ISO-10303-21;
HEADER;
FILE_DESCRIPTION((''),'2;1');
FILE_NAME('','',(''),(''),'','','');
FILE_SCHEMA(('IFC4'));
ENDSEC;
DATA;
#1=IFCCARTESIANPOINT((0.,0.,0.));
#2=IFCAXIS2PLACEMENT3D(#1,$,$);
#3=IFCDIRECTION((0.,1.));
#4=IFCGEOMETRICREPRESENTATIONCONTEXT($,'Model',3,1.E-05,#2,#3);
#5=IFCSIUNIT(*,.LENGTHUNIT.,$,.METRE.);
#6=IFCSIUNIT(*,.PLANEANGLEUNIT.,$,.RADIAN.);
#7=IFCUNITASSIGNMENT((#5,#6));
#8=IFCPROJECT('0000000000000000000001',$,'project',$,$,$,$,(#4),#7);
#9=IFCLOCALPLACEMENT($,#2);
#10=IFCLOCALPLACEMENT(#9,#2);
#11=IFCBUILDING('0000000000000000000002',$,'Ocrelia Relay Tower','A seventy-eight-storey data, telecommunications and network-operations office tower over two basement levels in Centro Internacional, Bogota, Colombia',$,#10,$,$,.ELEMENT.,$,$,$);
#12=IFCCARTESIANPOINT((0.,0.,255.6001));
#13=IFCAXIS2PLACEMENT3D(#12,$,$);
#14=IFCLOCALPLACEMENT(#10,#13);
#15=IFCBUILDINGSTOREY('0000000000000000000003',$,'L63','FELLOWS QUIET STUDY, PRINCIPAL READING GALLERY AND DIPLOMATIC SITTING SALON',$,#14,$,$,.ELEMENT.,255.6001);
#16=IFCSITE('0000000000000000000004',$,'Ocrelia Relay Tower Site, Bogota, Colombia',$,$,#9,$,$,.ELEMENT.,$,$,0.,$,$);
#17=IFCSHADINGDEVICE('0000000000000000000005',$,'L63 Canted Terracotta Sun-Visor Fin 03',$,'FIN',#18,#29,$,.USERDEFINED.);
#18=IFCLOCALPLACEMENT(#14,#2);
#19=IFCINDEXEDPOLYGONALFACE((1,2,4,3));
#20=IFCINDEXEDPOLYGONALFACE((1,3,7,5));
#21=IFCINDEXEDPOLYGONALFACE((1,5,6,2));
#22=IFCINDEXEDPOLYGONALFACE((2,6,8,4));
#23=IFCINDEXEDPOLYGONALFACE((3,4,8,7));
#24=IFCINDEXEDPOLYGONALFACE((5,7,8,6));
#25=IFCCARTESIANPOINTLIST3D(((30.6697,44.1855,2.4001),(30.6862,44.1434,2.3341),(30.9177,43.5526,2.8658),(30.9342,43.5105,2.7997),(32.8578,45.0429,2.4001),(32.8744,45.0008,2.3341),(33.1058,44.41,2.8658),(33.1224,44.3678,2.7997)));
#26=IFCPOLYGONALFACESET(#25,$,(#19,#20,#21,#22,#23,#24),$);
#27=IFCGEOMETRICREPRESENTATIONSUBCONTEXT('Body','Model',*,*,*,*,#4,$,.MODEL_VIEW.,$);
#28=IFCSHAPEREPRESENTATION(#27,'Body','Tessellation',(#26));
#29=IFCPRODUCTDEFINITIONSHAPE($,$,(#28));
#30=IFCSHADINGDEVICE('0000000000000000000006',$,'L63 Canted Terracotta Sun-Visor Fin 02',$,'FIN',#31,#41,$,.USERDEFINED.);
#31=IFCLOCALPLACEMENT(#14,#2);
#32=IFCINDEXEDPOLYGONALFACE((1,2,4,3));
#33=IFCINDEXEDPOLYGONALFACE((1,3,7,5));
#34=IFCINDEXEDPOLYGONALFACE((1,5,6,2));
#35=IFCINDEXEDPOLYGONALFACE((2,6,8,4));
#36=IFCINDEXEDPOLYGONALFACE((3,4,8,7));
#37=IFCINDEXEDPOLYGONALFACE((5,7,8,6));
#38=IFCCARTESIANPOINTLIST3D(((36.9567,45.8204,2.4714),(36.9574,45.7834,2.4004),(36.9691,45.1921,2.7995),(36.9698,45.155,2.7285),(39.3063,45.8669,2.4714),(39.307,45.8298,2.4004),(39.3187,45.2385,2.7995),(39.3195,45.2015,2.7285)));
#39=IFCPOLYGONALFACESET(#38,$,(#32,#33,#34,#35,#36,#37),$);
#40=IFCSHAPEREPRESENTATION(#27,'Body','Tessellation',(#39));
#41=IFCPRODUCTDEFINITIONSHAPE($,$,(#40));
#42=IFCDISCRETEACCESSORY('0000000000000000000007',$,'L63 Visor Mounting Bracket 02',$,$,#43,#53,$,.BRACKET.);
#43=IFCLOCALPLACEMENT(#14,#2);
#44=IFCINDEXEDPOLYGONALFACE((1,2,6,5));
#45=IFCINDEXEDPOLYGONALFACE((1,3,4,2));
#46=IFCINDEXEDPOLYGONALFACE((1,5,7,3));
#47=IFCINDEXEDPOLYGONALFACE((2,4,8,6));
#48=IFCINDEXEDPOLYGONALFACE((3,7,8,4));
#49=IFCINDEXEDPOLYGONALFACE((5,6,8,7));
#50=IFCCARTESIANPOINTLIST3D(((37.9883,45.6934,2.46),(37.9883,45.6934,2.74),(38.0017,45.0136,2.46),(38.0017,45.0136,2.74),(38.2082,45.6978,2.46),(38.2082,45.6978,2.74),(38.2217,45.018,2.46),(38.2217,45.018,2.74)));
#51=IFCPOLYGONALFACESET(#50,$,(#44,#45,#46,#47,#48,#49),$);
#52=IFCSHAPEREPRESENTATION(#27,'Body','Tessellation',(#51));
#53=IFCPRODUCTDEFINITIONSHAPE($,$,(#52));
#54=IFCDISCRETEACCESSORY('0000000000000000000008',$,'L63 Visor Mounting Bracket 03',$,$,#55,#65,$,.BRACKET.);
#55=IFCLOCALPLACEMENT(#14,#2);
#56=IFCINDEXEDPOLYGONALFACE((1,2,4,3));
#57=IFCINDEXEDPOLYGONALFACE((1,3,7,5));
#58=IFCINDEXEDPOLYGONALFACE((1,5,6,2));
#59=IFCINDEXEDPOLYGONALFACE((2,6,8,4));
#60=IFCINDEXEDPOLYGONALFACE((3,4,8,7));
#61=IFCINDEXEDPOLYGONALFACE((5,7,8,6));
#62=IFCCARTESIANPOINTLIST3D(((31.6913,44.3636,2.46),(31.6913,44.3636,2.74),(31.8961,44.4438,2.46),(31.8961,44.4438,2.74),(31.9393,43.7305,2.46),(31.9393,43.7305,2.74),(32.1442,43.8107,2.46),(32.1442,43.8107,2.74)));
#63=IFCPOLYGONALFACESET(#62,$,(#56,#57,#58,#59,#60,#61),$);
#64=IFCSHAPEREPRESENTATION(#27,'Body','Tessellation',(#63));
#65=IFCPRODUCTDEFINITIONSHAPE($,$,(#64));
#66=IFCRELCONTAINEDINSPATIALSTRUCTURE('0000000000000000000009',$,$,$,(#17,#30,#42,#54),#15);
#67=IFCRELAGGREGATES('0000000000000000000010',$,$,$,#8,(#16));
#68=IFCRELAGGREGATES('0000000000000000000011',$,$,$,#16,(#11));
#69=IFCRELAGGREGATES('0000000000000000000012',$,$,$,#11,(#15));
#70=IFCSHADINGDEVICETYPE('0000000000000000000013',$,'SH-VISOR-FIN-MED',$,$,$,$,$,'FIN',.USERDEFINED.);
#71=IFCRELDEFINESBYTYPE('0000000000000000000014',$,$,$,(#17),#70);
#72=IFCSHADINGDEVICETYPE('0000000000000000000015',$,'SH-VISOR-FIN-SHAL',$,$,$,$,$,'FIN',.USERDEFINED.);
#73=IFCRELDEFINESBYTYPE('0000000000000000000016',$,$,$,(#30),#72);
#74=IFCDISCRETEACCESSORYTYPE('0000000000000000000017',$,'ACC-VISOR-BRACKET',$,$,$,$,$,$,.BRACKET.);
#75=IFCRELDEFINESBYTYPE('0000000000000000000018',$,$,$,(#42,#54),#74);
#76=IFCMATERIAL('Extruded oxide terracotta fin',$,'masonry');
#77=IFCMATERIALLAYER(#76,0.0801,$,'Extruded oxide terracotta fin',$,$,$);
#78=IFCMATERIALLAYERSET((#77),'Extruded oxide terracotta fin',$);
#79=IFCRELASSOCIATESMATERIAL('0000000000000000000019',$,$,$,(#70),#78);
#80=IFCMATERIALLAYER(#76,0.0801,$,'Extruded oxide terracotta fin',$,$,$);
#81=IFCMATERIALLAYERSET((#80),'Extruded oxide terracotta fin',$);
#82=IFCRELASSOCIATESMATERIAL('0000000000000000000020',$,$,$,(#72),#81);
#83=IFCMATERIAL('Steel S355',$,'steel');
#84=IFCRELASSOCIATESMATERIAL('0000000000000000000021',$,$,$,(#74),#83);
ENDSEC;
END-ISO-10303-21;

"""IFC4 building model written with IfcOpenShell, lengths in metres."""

from ifc_helpers import new_model, si_unit, direction, frame, origin, origin_2d, place, context, subcontext, project, spatial, rectangle, extrude, material, layer, layer_set, type_object, element, save


model = new_model("IFC4")

# Units and contexts
model_context = context("Model", 3, precision=1e-05, world=origin(), true_north=direction((0.0, 1.0)))
body_context = subcontext(model_context, "Body", "Model", "MODEL_VIEW")
ifc_project = project(units=[si_unit("LENGTHUNIT", "METRE"), si_unit("PLANEANGLEUNIT", "RADIAN")], contexts=[model_context])

# Site, building, storey
site_placement = place(None, origin())
site = spatial("IfcSite", under=ifc_project, at=site_placement, Name="Ocrelia Relay Tower Site, Bogota, Colombia", CompositionType="ELEMENT", RefElevation=0.0)
building_placement = place(site_placement, origin())
building = spatial("IfcBuilding", under=site, at=building_placement, Name="Ocrelia Relay Tower", Description="A seventy-eight-storey data, telecommunications and network-operations office tower over two basement levels in Centro Internacional, Bogota, Colombia", CompositionType="ELEMENT")
storey_placement = place(building_placement, frame((0.0, 0.0, 255.6001)))
storey = spatial("IfcBuildingStorey", under=building, at=storey_placement, Name="L63", Description="FELLOWS QUIET STUDY, PRINCIPAL READING GALLERY AND DIPLOMATIC SITTING SALON", CompositionType="ELEMENT", Elevation=255.6001)

# Shared definitions
ifc_material_1 = material(Name="Steel S355", Category="steel")

# Shading devices
ifc_material_2 = material(Name="Extruded oxide terracotta fin", Category="masonry")
ifc_layer_1 = layer(ifc_material_2, 0.0801, Name="Extruded oxide terracotta fin")
ifc_layer_set_1 = layer_set([ifc_layer_1], Name="Extruded oxide terracotta fin")
shading_device_type_1 = type_object("IfcShadingDeviceType", Name="SH-VISOR-FIN-MED", ElementType="FIN", PredefinedType="USERDEFINED", material=ifc_layer_set_1)
shading_device_1_placement = place(storey_placement, frame((31.9043, 44.2556, 2.5669), z_axis=(-0.206167, 0.526161, 0.825015), x_axis=(-0.931076, -0.364826, 0.0)))
element("IfcShadingDevice", 1, at=shading_device_1_placement, inside=storey, type_object=shading_device_type_1, Name="L63 Canted Terracotta Sun-Visor Fin 03", ObjectType="FIN", PredefinedType="USERDEFINED", context=body_context, shape_type="SweptSolid", body=[
    extrude(rectangle(XDim=2.3501, YDim=0.824, at=origin_2d()), origin(), (0.0, 0.0, 1.0), 0.0801),
])
ifc_layer_2 = layer(ifc_material_2, 0.0801, Name="Extruded oxide terracotta fin")
ifc_layer_set_2 = layer_set([ifc_layer_2], Name="Extruded oxide terracotta fin")
shading_device_type_2 = type_object("IfcShadingDeviceType", Name="SH-VISOR-FIN-SHAL", ElementType="FIN", PredefinedType="USERDEFINED", material=ifc_layer_set_2)
shading_device_2_placement = place(storey_placement, frame((38.1384, 45.4924, 2.5645), z_axis=(-0.009147, 0.462742, 0.886446), x_axis=(-0.999805, -0.019763, 0.0)))
element("IfcShadingDevice", 2, at=shading_device_2_placement, inside=storey, type_object=shading_device_type_2, Name="L63 Canted Terracotta Sun-Visor Fin 02", ObjectType="FIN", PredefinedType="USERDEFINED", context=body_context, shape_type="SweptSolid", body=[
    extrude(rectangle(XDim=2.3501, YDim=0.709, at=origin_2d()), origin(), (0.0, 0.0, 1.0), 0.0801),
])

# Discrete accessories
discrete_accessory_type = type_object("IfcDiscreteAccessoryType", Name="ACC-VISOR-BRACKET", PredefinedType="BRACKET", material=ifc_material_1)
for number, where, z_axis, x_axis, name in (
    (3, (38.105, 45.3557, 2.46), (0.0, 0.0, 1.0), (-0.999805, -0.019763, 0.0), "L63 Visor Mounting Bracket 02"),
    (4, (31.9177, 44.0872, 2.46), (0.0, 0.0, 1.0), (-0.931076, -0.364826, 0.0), "L63 Visor Mounting Bracket 03"),
):
    element("IfcDiscreteAccessory", number, at=place(storey_placement, frame(where, z_axis=z_axis, x_axis=x_axis)), inside=storey, type_object=discrete_accessory_type, Name=name, PredefinedType="BRACKET", context=body_context, shape_type="SweptSolid", body=[
        extrude(rectangle(XDim=0.22, YDim=0.6799, at=origin_2d()), origin(), (0.0, 0.0, 1.0), 0.28),
    ])

save(model, "model.ifc")
